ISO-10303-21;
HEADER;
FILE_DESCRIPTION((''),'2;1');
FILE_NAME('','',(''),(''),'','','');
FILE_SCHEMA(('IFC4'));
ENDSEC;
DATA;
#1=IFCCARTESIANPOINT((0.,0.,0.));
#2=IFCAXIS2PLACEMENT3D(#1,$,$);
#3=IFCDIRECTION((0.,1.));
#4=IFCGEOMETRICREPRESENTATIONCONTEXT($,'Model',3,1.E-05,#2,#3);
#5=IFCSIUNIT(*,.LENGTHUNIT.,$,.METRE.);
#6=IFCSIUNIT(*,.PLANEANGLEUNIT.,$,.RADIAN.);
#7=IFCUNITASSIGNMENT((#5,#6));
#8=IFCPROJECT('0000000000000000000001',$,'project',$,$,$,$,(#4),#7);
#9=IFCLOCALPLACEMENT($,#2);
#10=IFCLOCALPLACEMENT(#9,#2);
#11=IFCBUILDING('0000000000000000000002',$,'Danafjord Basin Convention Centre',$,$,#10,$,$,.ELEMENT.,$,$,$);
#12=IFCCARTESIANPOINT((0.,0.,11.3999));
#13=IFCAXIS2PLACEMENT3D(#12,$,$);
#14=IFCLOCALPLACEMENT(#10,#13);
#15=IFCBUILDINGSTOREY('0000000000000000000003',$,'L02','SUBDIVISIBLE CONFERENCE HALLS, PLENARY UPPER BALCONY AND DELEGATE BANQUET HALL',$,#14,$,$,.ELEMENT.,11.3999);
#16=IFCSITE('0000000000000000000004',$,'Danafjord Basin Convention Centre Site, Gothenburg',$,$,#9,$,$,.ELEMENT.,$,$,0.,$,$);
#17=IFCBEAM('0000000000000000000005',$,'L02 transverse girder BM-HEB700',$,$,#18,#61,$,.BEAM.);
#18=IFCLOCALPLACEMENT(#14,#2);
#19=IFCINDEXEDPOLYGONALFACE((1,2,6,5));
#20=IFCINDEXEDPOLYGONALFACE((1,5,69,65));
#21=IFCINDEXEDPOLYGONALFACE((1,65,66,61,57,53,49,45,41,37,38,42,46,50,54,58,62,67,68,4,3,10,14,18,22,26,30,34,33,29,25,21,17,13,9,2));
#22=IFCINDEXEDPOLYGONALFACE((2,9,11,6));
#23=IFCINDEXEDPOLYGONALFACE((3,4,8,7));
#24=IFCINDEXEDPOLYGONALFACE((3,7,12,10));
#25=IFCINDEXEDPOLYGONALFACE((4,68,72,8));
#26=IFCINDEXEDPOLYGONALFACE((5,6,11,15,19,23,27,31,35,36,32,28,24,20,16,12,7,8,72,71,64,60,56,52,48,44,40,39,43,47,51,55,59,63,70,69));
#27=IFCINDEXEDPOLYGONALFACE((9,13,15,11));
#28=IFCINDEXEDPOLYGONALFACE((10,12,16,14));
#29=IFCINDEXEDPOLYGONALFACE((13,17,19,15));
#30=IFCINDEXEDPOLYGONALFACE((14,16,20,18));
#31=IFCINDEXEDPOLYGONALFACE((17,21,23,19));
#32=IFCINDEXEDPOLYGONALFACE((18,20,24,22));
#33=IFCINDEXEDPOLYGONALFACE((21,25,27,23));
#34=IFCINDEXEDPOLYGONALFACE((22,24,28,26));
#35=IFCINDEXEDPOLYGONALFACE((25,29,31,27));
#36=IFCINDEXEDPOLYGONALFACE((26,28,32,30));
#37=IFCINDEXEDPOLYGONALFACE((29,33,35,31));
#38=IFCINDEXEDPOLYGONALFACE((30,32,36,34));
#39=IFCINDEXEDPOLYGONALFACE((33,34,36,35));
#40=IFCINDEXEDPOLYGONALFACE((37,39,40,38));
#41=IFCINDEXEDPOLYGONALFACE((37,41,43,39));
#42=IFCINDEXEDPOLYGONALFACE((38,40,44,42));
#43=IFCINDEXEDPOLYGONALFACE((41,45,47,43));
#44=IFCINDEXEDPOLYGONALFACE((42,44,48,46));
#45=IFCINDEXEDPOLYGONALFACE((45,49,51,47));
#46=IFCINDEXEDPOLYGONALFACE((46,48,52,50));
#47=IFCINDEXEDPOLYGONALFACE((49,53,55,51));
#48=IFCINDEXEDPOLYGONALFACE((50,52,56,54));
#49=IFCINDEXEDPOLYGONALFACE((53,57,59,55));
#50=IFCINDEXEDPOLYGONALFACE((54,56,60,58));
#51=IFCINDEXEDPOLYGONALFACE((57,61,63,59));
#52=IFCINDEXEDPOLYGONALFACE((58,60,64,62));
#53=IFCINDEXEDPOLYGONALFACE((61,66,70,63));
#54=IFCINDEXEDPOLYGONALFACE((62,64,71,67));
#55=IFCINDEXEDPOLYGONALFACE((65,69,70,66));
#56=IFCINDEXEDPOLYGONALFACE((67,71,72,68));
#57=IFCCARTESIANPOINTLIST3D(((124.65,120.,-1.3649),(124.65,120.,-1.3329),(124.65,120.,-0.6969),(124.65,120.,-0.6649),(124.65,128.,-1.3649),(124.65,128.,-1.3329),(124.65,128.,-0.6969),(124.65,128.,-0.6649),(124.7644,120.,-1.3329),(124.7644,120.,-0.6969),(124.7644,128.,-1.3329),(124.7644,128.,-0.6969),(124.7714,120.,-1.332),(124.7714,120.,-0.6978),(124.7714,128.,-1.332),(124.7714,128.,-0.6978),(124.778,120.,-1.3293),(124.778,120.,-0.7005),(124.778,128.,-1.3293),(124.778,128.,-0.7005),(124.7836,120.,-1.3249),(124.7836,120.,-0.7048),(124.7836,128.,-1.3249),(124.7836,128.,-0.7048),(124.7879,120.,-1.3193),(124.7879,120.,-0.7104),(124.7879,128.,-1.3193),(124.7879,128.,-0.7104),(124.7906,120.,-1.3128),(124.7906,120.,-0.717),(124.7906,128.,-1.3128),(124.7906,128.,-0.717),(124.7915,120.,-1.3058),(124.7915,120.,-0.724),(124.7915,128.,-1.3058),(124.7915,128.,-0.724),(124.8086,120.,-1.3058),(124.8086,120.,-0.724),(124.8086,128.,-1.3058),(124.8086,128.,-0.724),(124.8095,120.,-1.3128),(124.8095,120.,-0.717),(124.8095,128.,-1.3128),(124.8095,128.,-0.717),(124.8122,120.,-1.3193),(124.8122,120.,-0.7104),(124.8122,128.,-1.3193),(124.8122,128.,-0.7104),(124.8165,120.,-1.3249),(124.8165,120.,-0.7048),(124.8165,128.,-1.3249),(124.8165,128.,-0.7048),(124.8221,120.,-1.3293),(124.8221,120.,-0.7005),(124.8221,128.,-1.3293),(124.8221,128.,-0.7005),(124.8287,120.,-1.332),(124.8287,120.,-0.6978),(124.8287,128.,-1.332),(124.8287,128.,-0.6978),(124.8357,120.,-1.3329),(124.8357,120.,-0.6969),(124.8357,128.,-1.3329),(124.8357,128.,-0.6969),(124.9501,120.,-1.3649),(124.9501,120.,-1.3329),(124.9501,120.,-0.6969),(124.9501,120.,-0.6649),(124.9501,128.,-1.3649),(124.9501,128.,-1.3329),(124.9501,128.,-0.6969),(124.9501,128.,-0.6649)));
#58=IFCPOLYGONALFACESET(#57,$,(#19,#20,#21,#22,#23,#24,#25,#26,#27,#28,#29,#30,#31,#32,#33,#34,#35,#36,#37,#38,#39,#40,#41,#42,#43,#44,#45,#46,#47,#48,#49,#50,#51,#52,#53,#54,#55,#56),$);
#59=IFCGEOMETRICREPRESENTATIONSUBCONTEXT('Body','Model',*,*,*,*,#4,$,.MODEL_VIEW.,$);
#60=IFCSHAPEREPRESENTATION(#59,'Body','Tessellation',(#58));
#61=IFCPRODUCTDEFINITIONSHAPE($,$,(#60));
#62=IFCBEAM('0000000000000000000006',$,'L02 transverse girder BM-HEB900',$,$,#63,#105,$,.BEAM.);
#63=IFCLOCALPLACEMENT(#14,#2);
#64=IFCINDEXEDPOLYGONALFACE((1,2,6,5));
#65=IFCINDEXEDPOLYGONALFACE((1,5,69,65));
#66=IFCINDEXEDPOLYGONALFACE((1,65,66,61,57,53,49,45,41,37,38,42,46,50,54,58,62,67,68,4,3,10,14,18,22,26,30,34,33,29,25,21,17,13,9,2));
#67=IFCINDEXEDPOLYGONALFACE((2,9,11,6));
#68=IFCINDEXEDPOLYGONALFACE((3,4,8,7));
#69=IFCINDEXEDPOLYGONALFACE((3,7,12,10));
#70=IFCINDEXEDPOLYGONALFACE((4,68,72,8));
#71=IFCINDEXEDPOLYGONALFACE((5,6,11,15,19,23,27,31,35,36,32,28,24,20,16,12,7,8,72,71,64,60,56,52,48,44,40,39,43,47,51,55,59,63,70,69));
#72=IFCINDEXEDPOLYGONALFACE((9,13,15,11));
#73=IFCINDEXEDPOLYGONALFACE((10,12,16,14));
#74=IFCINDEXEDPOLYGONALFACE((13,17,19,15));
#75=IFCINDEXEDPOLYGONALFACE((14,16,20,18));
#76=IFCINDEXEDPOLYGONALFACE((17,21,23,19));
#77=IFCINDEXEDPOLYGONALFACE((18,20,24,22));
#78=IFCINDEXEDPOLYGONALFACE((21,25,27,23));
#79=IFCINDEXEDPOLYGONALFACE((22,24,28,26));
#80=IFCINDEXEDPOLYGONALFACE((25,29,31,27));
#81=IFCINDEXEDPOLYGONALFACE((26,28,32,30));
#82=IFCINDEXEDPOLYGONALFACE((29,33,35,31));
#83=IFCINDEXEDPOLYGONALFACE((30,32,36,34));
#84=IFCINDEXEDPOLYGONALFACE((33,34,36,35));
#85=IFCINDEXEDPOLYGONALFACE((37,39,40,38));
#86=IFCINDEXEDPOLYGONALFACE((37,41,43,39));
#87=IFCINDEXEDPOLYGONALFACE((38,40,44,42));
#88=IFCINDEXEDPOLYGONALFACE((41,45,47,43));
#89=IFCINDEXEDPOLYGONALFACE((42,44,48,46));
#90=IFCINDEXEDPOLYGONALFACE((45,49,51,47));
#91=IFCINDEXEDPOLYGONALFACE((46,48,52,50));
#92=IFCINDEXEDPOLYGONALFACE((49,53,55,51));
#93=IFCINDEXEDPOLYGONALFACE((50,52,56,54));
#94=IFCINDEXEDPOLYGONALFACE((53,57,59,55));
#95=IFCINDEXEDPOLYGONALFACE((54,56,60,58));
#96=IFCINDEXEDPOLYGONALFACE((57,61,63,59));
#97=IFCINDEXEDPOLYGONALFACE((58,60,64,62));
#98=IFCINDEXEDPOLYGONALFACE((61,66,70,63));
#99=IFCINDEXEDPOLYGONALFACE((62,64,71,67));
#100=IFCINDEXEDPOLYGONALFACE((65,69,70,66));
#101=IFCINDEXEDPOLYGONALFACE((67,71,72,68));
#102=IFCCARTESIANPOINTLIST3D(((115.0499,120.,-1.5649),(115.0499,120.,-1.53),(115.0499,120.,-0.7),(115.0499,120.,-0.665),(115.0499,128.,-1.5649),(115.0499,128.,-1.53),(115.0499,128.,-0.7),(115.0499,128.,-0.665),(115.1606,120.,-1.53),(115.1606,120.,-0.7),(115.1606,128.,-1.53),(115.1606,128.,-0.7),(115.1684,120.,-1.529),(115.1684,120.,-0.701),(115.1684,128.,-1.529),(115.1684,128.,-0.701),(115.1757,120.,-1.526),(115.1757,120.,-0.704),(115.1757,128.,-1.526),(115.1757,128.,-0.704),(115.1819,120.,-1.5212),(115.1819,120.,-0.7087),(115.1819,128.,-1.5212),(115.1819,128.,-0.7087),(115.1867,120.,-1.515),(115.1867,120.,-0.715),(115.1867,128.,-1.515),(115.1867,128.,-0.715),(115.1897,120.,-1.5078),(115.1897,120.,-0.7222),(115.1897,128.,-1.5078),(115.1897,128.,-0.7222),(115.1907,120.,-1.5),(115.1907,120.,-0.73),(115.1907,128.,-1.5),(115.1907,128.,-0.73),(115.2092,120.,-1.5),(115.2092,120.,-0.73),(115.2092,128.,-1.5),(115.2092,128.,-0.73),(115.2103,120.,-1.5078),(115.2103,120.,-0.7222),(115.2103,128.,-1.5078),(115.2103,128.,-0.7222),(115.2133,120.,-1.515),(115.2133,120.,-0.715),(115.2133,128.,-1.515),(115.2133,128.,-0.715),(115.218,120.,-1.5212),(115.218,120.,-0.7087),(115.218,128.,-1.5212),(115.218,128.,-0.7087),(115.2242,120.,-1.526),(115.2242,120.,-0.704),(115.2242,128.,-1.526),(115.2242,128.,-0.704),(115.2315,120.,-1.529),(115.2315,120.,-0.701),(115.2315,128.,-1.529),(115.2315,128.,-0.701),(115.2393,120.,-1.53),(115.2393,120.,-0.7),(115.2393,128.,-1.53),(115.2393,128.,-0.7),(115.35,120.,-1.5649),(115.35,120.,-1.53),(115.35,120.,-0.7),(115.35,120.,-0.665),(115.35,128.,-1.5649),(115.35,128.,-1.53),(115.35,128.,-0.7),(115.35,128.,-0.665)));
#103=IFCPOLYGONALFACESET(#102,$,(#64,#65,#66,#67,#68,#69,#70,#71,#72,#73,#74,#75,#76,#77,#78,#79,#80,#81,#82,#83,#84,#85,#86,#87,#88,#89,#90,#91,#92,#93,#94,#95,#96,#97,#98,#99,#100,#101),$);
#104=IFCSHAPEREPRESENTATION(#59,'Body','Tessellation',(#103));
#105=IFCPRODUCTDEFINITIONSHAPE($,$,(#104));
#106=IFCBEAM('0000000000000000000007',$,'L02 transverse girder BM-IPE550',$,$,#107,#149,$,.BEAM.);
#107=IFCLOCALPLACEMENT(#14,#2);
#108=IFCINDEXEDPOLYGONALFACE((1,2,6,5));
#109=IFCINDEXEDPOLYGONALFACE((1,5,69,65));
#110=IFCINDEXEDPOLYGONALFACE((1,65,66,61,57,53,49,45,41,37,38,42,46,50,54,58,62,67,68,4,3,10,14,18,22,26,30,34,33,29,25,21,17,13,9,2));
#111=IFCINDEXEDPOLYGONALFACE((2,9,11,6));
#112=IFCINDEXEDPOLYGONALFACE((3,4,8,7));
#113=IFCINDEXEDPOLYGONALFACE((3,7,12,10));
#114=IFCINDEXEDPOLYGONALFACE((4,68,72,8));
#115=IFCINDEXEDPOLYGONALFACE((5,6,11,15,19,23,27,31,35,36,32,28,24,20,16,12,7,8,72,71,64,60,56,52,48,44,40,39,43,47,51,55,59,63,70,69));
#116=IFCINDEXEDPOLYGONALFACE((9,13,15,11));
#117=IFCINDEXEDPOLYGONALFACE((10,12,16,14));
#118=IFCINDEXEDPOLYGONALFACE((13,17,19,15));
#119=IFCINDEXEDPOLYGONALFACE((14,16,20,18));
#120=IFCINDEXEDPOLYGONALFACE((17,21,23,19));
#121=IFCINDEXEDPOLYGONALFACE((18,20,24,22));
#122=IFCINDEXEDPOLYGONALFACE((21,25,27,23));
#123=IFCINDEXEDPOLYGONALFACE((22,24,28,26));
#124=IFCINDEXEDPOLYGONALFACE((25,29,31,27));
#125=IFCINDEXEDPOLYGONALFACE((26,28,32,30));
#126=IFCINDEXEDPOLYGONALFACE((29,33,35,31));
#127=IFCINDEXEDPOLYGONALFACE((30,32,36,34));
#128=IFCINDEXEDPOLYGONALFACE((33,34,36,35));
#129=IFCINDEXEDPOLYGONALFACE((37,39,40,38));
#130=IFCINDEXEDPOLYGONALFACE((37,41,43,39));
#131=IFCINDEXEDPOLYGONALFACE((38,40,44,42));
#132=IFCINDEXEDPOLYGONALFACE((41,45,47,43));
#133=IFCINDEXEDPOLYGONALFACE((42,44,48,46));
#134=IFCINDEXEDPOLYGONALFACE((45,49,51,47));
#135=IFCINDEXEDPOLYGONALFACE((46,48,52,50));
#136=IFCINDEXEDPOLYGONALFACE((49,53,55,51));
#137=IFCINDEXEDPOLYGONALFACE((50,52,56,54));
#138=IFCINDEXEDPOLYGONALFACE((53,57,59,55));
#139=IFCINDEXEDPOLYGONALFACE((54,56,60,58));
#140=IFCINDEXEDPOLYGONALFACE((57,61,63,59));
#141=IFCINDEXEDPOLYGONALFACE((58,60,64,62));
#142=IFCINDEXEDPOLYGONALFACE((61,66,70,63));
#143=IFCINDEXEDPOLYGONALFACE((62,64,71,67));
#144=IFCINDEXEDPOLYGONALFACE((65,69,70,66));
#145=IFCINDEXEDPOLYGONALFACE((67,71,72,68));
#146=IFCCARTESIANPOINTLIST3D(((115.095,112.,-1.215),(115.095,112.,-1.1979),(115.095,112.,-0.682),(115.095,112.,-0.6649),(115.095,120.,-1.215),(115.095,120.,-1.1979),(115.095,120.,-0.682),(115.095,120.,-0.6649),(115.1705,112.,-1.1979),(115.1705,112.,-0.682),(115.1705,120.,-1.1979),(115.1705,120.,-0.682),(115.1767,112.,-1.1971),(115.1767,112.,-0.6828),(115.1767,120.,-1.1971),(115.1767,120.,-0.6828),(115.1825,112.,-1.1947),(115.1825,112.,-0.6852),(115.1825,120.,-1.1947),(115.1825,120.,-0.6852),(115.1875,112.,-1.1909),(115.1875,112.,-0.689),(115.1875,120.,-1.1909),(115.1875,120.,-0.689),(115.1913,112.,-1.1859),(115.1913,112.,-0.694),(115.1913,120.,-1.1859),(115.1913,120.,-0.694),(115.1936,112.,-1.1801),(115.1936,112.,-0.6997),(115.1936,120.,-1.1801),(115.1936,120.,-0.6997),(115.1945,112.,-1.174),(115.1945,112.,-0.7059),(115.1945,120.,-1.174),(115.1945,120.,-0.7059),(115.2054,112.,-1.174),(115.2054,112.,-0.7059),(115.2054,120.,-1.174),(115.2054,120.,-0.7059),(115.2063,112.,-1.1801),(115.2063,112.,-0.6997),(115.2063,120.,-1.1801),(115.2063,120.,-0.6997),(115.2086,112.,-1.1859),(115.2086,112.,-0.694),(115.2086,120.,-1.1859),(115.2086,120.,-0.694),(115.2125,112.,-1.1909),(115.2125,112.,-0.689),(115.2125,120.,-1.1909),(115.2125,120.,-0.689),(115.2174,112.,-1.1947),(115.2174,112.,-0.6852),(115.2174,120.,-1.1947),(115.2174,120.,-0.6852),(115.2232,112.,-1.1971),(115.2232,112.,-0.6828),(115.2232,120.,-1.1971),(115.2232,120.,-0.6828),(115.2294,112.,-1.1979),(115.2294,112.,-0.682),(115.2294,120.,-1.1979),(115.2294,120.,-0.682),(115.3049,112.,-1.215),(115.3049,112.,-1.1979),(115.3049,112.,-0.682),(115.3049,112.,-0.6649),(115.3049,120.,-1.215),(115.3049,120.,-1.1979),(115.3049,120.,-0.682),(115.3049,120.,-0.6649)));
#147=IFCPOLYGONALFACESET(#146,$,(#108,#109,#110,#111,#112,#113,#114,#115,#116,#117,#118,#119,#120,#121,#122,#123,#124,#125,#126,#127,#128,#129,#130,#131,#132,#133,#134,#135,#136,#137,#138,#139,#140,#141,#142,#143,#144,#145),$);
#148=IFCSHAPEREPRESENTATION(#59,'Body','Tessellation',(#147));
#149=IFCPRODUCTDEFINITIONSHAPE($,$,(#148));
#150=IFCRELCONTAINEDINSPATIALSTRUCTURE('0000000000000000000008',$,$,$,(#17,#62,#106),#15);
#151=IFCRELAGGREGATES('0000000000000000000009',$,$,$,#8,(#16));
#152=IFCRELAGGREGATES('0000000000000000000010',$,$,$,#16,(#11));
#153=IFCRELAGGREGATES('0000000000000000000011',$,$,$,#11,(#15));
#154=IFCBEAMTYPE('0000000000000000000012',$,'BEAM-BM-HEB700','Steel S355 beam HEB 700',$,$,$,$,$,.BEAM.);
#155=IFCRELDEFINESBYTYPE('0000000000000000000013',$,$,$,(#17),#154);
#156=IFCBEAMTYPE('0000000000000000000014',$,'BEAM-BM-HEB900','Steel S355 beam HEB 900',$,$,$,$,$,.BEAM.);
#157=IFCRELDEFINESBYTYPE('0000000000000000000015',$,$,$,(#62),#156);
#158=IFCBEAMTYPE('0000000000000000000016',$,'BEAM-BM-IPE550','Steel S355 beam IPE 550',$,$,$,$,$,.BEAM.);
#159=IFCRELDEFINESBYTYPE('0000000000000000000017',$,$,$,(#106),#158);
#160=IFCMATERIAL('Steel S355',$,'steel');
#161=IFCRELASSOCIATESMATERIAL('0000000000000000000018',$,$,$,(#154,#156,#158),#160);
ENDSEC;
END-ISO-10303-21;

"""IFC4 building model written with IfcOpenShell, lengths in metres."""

from ifc_helpers import new_model, si_unit, direction, frame, origin, origin_2d, place, context, subcontext, project, spatial, i_section, extrude, material, material_profile, profile_set, type_object, element, save


model = new_model("IFC4")

# Units and contexts
model_context = context("Model", 3, precision=1e-05, world=origin(), true_north=direction((0.0, 1.0)))
body_context = subcontext(model_context, "Body", "Model", "MODEL_VIEW")
ifc_project = project(units=[si_unit("LENGTHUNIT", "METRE"), si_unit("PLANEANGLEUNIT", "RADIAN")], contexts=[model_context])

# Site, building, storey
site_placement = place(None, origin())
site = spatial("IfcSite", under=ifc_project, at=site_placement, Name="Danafjord Basin Convention Centre Site, Gothenburg", CompositionType="ELEMENT", RefElevation=0.0)
building_placement = place(site_placement, origin())
building = spatial("IfcBuilding", under=site, at=building_placement, Name="Danafjord Basin Convention Centre", CompositionType="ELEMENT")
storey_placement = place(building_placement, frame((0.0, 0.0, 11.3999)))
storey = spatial("IfcBuildingStorey", under=building, at=storey_placement, Name="L02", Description="SUBDIVISIBLE CONFERENCE HALLS, PLENARY UPPER BALCONY AND DELEGATE BANQUET HALL", CompositionType="ELEMENT", Elevation=11.3999)

# Shared definitions
ifc_material_1 = material(Name="Steel S355", Category="steel")

# Beams
ifc_material_profile_1 = material_profile(ifc_material_1, i_section(OverallWidth=0.3, OverallDepth=0.7, WebThickness=0.0171, FlangeThickness=0.032, FilletRadius=0.0271, at=origin_2d()), Name="HEB 700")
ifc_profile_set_1 = profile_set([ifc_material_profile_1], Name="Steel S355")
beam_type_1 = type_object("IfcBeamType", Name="BEAM-BM-HEB700", Description="Steel S355 beam HEB 700", PredefinedType="BEAM", material=ifc_profile_set_1)
beam_1_placement = place(storey_placement, frame((124.8, 120.0, -1.0149), z_axis=(0.0, 1.0, 0.0), x_axis=(-1.0, 0.0, 0.0)))
element("IfcBeam", 1, at=beam_1_placement, inside=storey, type_object=beam_type_1, Name="L02 transverse girder BM-HEB700", PredefinedType="BEAM", context=body_context, shape_type="SweptSolid", body=[
    extrude(i_section(OverallWidth=0.3, OverallDepth=0.7, WebThickness=0.0171, FlangeThickness=0.032, FilletRadius=0.0271, at=origin_2d()), origin(), (0.0, 0.0, 1.0), 8.0),
])
ifc_material_profile_2 = material_profile(ifc_material_1, i_section(OverallWidth=0.3, OverallDepth=0.8999, WebThickness=0.0186, FlangeThickness=0.0349, FilletRadius=0.03, at=origin_2d()), Name="HEB 900")
ifc_profile_set_2 = profile_set([ifc_material_profile_2], Name="Steel S355")
beam_type_2 = type_object("IfcBeamType", Name="BEAM-BM-HEB900", Description="Steel S355 beam HEB 900", PredefinedType="BEAM", material=ifc_profile_set_2)
beam_2_placement = place(storey_placement, frame((115.2, 120.0, -1.115), z_axis=(0.0, 1.0, 0.0), x_axis=(-1.0, 0.0, 0.0)))
element("IfcBeam", 2, at=beam_2_placement, inside=storey, type_object=beam_type_2, Name="L02 transverse girder BM-HEB900", PredefinedType="BEAM", context=body_context, shape_type="SweptSolid", body=[
    extrude(i_section(OverallWidth=0.3, OverallDepth=0.8999, WebThickness=0.0186, FlangeThickness=0.0349, FilletRadius=0.03, at=origin_2d()), origin(), (0.0, 0.0, 1.0), 8.0),
])
ifc_material_profile_3 = material_profile(ifc_material_1, i_section(OverallWidth=0.21, OverallDepth=0.55, WebThickness=0.011, FlangeThickness=0.0171, FilletRadius=0.0239, at=origin_2d()), Name="IPE 550")
ifc_profile_set_3 = profile_set([ifc_material_profile_3], Name="Steel S355")
beam_type_3 = type_object("IfcBeamType", Name="BEAM-BM-IPE550", Description="Steel S355 beam IPE 550", PredefinedType="BEAM", material=ifc_profile_set_3)
beam_3_placement = place(storey_placement, frame((115.2, 112.0, -0.9399), z_axis=(0.0, 1.0, 0.0), x_axis=(-1.0, 0.0, 0.0)))
element("IfcBeam", 3, at=beam_3_placement, inside=storey, type_object=beam_type_3, Name="L02 transverse girder BM-IPE550", PredefinedType="BEAM", context=body_context, shape_type="SweptSolid", body=[
    extrude(i_section(OverallWidth=0.21, OverallDepth=0.55, WebThickness=0.011, FlangeThickness=0.0171, FilletRadius=0.0239, at=origin_2d()), origin(), (0.0, 0.0, 1.0), 8.0),
])

save(model, "model.ifc")
